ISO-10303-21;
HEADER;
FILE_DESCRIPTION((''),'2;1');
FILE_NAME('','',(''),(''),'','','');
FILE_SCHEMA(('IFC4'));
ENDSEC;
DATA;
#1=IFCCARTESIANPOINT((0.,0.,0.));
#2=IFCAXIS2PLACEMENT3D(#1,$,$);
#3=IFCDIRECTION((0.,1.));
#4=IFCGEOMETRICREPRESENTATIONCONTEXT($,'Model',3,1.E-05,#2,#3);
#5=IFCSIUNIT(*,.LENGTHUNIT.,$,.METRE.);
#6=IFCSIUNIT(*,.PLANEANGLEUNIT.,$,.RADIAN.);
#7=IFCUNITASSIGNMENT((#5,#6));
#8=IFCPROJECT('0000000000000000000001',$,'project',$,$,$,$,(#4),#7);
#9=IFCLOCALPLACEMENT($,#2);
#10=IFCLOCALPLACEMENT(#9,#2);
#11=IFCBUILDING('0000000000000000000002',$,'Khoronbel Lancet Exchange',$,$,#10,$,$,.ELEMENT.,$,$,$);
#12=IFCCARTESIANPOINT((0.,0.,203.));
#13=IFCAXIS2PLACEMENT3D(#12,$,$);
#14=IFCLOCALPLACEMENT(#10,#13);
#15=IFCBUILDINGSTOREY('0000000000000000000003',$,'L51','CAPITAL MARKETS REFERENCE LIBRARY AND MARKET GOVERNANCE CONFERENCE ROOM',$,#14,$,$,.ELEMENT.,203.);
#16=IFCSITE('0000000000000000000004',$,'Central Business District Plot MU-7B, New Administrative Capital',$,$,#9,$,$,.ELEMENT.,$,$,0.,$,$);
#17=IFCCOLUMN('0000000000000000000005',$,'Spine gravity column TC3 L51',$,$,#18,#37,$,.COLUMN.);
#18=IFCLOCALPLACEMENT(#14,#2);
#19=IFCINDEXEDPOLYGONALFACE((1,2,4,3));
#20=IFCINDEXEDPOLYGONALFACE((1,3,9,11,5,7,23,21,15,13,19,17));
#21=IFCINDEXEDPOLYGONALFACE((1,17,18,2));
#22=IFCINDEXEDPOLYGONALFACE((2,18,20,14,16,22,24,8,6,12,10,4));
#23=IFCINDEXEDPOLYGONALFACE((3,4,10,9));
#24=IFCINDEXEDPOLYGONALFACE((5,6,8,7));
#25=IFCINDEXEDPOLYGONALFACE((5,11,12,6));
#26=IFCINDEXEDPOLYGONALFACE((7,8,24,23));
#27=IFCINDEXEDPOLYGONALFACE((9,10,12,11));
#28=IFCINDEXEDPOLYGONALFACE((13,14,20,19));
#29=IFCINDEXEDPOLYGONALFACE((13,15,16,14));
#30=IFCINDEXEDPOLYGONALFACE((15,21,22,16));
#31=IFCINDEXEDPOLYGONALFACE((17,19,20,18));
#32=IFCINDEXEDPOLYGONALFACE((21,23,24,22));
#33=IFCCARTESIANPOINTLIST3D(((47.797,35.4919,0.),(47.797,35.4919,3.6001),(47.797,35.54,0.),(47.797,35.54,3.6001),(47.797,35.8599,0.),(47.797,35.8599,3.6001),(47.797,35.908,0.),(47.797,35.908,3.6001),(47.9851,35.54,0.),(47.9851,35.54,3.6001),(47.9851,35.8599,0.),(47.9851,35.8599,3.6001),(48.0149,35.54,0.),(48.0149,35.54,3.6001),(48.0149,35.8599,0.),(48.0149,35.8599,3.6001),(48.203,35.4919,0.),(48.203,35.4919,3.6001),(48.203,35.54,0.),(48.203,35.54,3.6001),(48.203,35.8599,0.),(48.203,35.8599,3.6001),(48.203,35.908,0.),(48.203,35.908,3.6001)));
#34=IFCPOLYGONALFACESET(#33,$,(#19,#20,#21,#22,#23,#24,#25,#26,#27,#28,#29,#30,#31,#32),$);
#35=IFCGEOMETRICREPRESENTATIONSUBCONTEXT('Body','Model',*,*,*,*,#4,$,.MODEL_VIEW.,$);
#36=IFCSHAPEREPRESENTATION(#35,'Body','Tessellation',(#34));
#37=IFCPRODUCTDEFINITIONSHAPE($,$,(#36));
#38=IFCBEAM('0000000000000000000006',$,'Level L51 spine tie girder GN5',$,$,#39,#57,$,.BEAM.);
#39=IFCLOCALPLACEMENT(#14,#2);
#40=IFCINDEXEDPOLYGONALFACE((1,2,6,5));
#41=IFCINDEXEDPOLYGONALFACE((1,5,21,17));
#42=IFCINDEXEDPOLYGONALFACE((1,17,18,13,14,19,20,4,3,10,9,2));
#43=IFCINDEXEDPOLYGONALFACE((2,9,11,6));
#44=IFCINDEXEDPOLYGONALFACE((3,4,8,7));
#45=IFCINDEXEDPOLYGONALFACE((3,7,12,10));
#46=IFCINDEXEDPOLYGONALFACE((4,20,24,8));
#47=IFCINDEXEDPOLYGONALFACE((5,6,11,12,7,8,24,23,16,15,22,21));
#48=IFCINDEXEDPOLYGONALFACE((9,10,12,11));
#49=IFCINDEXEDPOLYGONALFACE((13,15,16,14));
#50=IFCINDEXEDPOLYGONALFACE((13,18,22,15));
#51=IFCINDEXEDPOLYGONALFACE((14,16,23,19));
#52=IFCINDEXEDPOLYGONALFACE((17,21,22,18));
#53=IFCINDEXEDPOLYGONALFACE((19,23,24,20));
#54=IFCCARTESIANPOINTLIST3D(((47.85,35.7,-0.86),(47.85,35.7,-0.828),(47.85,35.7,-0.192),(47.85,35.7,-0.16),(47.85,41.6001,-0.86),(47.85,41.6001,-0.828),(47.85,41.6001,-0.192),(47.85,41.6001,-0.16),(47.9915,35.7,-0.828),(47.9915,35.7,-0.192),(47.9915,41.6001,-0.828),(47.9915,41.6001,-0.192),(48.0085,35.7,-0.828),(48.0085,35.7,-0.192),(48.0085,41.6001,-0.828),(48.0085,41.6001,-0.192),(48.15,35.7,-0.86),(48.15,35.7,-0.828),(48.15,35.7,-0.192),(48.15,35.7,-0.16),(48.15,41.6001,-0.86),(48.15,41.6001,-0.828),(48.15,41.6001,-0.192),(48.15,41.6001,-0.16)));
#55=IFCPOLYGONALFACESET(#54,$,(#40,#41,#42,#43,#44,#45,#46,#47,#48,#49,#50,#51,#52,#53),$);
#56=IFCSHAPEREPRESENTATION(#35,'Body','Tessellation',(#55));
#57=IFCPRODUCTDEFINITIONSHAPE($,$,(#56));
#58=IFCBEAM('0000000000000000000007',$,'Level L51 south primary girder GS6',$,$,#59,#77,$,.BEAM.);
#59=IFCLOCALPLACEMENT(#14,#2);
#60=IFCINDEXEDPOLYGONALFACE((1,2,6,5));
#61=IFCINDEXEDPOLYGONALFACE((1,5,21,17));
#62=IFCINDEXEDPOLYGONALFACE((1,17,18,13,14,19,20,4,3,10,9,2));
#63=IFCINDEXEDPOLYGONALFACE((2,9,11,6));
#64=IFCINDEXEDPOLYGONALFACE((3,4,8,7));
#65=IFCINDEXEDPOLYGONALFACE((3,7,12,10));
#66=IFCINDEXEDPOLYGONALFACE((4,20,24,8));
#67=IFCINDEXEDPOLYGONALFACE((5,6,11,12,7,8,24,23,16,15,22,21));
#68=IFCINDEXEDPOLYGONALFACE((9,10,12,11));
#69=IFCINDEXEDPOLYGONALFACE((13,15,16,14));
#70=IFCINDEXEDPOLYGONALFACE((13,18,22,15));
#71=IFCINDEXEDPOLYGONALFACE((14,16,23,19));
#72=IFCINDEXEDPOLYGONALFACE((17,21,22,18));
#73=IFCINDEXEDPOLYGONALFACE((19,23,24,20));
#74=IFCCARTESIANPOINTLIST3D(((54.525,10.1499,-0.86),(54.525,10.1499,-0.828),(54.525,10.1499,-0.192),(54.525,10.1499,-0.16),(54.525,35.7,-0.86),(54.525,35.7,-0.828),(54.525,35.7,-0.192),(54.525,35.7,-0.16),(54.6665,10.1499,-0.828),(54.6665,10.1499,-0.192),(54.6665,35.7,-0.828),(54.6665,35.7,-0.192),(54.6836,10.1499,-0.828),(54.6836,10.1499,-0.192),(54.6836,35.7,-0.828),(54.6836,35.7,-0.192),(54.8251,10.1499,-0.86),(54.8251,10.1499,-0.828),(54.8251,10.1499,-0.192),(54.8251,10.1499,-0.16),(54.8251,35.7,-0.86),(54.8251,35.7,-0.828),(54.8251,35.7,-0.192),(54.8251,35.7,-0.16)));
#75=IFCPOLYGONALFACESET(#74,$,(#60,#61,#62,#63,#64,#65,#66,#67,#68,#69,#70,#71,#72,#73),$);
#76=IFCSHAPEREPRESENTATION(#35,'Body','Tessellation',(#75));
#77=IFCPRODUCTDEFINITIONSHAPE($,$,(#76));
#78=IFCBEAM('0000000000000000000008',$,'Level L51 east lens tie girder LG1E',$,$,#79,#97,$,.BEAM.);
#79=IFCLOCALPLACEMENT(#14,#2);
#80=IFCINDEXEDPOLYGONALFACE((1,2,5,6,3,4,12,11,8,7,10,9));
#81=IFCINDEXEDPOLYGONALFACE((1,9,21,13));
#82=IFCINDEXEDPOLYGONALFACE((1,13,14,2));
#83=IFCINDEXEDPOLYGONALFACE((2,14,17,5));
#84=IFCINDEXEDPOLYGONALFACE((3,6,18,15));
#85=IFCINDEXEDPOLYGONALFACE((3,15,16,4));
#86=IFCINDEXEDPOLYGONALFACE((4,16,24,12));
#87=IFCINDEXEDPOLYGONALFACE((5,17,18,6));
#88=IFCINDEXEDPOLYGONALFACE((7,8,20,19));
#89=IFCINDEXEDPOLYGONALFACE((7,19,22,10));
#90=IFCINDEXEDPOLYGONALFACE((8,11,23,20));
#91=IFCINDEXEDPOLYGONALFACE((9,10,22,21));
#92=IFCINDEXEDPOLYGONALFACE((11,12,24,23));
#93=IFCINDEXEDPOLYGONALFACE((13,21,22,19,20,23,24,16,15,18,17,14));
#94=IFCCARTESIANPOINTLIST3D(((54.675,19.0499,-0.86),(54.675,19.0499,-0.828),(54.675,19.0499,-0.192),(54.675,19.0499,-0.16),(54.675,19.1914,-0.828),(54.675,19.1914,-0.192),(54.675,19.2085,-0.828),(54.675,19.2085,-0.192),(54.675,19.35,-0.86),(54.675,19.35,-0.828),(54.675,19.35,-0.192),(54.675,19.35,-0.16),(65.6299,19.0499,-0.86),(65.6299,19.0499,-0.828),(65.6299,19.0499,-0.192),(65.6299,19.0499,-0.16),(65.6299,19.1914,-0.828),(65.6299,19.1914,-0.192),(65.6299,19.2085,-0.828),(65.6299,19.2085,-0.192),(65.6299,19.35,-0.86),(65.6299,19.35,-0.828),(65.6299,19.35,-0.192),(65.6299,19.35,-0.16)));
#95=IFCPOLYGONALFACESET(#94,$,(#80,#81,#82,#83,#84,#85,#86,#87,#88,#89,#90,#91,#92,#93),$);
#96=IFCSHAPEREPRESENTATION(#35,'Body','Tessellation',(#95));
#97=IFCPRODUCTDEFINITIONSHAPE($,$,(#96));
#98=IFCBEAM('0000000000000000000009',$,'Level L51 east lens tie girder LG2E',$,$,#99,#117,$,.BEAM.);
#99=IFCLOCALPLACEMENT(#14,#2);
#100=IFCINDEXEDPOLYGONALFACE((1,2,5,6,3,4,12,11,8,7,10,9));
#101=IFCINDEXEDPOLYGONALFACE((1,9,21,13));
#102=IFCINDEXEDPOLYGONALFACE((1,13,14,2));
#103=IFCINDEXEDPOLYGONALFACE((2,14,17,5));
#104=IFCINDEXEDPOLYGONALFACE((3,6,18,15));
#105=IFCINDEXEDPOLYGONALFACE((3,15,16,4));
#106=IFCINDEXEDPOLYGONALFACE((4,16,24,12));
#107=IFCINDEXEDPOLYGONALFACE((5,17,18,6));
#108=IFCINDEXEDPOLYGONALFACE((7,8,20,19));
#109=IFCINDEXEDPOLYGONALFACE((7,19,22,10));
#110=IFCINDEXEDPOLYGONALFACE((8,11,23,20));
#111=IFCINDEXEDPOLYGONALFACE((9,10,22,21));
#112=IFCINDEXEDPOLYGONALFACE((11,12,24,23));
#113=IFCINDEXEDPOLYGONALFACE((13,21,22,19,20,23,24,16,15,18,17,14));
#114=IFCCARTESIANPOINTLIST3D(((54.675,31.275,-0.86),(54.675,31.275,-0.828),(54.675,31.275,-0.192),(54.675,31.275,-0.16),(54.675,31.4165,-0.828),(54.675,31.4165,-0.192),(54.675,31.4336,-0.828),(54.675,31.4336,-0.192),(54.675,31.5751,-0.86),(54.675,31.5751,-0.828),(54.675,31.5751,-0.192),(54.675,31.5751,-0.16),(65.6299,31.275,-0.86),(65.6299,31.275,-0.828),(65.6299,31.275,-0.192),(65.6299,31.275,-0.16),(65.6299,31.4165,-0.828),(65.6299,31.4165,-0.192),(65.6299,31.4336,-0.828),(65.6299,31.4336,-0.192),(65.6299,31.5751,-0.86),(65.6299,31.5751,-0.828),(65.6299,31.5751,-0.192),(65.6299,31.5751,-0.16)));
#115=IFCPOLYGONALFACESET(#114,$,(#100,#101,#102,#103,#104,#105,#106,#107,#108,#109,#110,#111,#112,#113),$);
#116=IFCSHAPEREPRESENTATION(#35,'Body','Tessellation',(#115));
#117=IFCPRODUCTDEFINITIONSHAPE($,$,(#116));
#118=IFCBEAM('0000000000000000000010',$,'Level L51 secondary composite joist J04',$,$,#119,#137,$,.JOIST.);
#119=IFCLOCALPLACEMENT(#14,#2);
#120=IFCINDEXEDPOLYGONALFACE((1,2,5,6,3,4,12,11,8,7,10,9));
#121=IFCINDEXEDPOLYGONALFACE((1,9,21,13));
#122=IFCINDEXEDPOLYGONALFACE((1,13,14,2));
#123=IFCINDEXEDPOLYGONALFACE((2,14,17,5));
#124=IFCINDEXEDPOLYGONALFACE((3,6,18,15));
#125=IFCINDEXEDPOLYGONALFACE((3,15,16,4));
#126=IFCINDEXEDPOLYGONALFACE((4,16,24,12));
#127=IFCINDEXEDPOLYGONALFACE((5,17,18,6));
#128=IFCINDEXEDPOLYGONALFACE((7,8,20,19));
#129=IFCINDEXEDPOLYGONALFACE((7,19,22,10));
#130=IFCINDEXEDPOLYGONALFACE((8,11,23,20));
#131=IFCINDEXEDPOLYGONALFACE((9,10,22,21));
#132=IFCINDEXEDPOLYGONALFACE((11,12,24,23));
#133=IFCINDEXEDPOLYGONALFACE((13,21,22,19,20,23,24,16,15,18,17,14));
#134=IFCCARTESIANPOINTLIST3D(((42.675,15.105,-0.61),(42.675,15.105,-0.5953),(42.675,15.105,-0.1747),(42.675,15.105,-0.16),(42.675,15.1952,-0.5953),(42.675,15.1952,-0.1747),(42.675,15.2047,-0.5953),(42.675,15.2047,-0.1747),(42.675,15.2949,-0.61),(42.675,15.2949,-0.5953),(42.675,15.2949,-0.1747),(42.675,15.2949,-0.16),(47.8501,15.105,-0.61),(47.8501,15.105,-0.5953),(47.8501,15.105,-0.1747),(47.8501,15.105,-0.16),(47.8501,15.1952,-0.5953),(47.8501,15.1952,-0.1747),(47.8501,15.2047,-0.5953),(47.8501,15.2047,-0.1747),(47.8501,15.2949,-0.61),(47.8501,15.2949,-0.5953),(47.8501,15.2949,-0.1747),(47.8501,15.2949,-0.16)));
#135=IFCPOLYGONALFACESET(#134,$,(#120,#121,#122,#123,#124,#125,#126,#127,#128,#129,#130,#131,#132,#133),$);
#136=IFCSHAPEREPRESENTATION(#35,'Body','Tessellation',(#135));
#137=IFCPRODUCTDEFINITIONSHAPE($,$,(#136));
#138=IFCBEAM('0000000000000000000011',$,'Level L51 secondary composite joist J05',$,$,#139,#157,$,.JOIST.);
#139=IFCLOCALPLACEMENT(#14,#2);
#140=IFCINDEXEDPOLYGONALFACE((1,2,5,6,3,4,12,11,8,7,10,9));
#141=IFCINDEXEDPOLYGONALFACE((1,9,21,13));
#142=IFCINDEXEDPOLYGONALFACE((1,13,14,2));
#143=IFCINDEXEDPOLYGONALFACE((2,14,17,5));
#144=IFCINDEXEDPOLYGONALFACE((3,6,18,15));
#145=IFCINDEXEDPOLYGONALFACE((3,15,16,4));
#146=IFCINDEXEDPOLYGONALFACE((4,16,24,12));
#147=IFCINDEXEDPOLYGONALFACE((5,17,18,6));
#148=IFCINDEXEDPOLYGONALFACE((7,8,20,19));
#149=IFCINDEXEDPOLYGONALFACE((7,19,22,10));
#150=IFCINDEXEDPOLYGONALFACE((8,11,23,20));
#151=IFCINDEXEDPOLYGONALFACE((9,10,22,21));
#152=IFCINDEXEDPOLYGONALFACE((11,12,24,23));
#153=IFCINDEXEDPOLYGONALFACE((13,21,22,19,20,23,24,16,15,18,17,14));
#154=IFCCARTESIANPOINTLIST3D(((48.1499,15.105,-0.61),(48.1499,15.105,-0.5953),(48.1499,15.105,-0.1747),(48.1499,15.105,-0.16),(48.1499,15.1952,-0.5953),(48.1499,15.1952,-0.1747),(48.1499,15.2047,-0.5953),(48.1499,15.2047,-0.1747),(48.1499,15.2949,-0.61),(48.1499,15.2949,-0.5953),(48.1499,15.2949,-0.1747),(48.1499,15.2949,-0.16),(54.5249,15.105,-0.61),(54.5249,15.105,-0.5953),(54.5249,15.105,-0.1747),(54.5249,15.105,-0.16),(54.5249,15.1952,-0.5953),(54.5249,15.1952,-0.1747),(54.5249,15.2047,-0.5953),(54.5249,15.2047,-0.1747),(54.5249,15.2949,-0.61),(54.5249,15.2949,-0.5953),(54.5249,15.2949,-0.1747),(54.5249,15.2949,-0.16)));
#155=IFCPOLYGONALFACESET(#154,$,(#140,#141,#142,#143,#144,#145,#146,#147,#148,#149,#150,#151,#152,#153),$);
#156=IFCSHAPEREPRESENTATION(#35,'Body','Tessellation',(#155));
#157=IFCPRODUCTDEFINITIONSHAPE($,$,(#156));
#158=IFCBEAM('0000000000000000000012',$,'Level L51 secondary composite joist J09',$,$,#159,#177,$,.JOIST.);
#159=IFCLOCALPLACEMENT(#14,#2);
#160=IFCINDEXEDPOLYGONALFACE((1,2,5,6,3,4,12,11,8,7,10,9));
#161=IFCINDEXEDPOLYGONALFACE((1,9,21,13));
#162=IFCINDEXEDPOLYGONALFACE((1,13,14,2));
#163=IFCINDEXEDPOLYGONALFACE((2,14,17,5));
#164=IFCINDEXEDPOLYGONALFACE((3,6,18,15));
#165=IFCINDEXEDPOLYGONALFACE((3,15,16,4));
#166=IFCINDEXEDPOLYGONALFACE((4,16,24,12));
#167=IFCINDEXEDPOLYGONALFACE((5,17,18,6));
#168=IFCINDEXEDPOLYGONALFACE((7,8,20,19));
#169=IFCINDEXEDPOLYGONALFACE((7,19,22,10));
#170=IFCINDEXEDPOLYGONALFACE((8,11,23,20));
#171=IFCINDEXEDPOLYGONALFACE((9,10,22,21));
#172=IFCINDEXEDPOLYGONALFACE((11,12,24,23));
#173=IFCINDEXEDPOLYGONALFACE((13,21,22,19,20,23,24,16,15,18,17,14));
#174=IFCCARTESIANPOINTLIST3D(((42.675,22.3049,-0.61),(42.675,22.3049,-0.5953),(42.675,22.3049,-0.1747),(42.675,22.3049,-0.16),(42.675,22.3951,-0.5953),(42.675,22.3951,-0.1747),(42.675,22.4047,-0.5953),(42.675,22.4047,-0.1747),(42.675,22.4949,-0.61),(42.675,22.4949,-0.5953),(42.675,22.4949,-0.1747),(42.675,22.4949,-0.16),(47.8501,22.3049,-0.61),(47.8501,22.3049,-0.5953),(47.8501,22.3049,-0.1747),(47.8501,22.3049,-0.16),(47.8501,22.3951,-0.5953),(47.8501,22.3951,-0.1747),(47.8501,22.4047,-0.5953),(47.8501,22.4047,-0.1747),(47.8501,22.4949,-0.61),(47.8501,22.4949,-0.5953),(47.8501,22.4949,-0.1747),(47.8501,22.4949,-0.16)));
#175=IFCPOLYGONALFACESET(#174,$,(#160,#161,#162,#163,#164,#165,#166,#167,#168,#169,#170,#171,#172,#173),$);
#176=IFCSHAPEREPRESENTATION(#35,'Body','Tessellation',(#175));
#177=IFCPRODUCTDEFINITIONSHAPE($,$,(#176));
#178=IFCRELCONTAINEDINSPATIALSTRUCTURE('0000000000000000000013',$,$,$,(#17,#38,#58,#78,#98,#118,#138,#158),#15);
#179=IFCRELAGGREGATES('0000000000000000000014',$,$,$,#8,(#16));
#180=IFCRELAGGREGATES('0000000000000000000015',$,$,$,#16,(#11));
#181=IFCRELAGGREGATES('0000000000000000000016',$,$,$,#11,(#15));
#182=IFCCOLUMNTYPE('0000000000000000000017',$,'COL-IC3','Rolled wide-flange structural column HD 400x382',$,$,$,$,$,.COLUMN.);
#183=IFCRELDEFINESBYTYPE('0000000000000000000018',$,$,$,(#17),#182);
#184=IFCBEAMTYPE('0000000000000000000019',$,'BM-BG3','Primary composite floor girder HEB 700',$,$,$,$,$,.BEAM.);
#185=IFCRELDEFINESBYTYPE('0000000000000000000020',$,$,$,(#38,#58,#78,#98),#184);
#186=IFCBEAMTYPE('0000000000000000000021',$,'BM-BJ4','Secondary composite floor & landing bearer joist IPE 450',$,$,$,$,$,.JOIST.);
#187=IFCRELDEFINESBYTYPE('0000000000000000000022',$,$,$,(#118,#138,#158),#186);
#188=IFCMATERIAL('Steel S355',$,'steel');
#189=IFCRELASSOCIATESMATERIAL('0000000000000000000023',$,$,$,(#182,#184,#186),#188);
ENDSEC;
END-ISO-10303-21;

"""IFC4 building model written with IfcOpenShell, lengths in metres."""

from ifc_helpers import new_model, si_unit, direction, frame, origin, origin_2d, place, context, subcontext, project, spatial, i_section, extrude, material, material_profile, profile_set, type_object, element, save


model = new_model("IFC4")

# Units and contexts
model_context = context("Model", 3, precision=1e-05, world=origin(), true_north=direction((0.0, 1.0)))
body_context = subcontext(model_context, "Body", "Model", "MODEL_VIEW")
ifc_project = project(units=[si_unit("LENGTHUNIT", "METRE"), si_unit("PLANEANGLEUNIT", "RADIAN")], contexts=[model_context])

# Site, building, storey
site_placement = place(None, origin())
site = spatial("IfcSite", under=ifc_project, at=site_placement, Name="Central Business District Plot MU-7B, New Administrative Capital", CompositionType="ELEMENT", RefElevation=0.0)
building_placement = place(site_placement, origin())
building = spatial("IfcBuilding", under=site, at=building_placement, Name="Khoronbel Lancet Exchange", CompositionType="ELEMENT")
storey_placement = place(building_placement, frame((0.0, 0.0, 203.0)))
storey = spatial("IfcBuildingStorey", under=building, at=storey_placement, Name="L51", Description="CAPITAL MARKETS REFERENCE LIBRARY AND MARKET GOVERNANCE CONFERENCE ROOM", CompositionType="ELEMENT", Elevation=203.0)

# Column
ifc_material_1 = material(Name="Steel S355", Category="steel")
ifc_material_profile_1 = material_profile(ifc_material_1, i_section(OverallWidth=0.406, OverallDepth=0.416, WebThickness=0.0298, FlangeThickness=0.0481, at=origin_2d()), Name="HD 400x382")
ifc_profile_set_1 = profile_set([ifc_material_profile_1], Name="Steel S355")
column_type = type_object("IfcColumnType", Name="COL-IC3", Description="Rolled wide-flange structural column HD 400x382", PredefinedType="COLUMN", material=ifc_profile_set_1)
column_placement = place(storey_placement, frame((48.0, 35.7, 0.0), z_axis=(0.0, 0.0, 1.0), x_axis=(1.0, 0.0, 0.0)))
element("IfcColumn", 1, at=column_placement, inside=storey, type_object=column_type, Name="Spine gravity column TC3 L51", PredefinedType="COLUMN", context=body_context, shape_type="SweptSolid", body=[
    extrude(i_section(OverallWidth=0.406, OverallDepth=0.416, WebThickness=0.0298, FlangeThickness=0.0481, at=origin_2d()), origin(), (0.0, 0.0, 1.0), 3.6001),
])

# Beams
ifc_material_profile_2 = material_profile(ifc_material_1, i_section(OverallWidth=0.3, OverallDepth=0.7, WebThickness=0.0171, FlangeThickness=0.032, at=origin_2d()), Name="HEB 700")
ifc_profile_set_2 = profile_set([ifc_material_profile_2], Name="Steel S355")
beam_type_1 = type_object("IfcBeamType", Name="BM-BG3", Description="Primary composite floor girder HEB 700", PredefinedType="BEAM", material=ifc_profile_set_2)
beam_1_placement = place(storey_placement, frame((48.0, 35.7, -0.51), z_axis=(0.0, 1.0, 0.0), x_axis=(-1.0, 0.0, 0.0)))
element("IfcBeam", 2, at=beam_1_placement, inside=storey, type_object=beam_type_1, Name="Level L51 spine tie girder GN5", PredefinedType="BEAM", context=body_context, shape_type="SweptSolid", body=[
    extrude(i_section(OverallWidth=0.3, OverallDepth=0.7, WebThickness=0.0171, FlangeThickness=0.032, at=origin_2d()), origin(), (0.0, 0.0, 1.0), 5.9001),
])
beam_2_placement = place(storey_placement, frame((54.675, 10.1499, -0.51), z_axis=(0.0, 1.0, 0.0), x_axis=(-1.0, 0.0, 0.0)))
element("IfcBeam", 3, at=beam_2_placement, inside=storey, type_object=beam_type_1, Name="Level L51 south primary girder GS6", PredefinedType="BEAM", context=body_context, shape_type="SweptSolid", body=[
    extrude(i_section(OverallWidth=0.3, OverallDepth=0.7, WebThickness=0.0171, FlangeThickness=0.032, at=origin_2d()), origin(), (0.0, 0.0, 1.0), 25.55),
])
for number, where, z_axis, x_axis, name in (
    (4, (54.675, 19.2, -0.51), (1.0, 0.0, 0.0), (0.0, 1.0, 0.0), "Level L51 east lens tie girder LG1E"),
    (5, (54.675, 31.425, -0.51), (1.0, 0.0, 0.0), (0.0, 1.0, 0.0), "Level L51 east lens tie girder LG2E"),
):
    element("IfcBeam", number, at=place(storey_placement, frame(where, z_axis=z_axis, x_axis=x_axis)), inside=storey, type_object=beam_type_1, Name=name, PredefinedType="BEAM", context=body_context, shape_type="SweptSolid", body=[
        extrude(i_section(OverallWidth=0.3, OverallDepth=0.7, WebThickness=0.0171, FlangeThickness=0.032, at=origin_2d()), origin(), (0.0, 0.0, 1.0), 10.9548),
    ])
ifc_material_profile_3 = material_profile(ifc_material_1, i_section(OverallWidth=0.1899, OverallDepth=0.45, WebThickness=0.0095, FlangeThickness=0.0146, at=origin_2d()), Name="IPE 450")
ifc_profile_set_3 = profile_set([ifc_material_profile_3], Name="Steel S355")
beam_type_2 = type_object("IfcBeamType", Name="BM-BJ4", Description="Secondary composite floor & landing bearer joist IPE 450", PredefinedType="JOIST", material=ifc_profile_set_3)
beam_3_placement = place(storey_placement, frame((42.675, 15.2, -0.385), z_axis=(1.0, 0.0, 0.0), x_axis=(0.0, 1.0, 0.0)))
element("IfcBeam", 6, at=beam_3_placement, inside=storey, type_object=beam_type_2, Name="Level L51 secondary composite joist J04", PredefinedType="JOIST", context=body_context, shape_type="SweptSolid", body=[
    extrude(i_section(OverallWidth=0.1899, OverallDepth=0.45, WebThickness=0.0095, FlangeThickness=0.0146, at=origin_2d()), origin(), (0.0, 0.0, 1.0), 5.175),
])
beam_4_placement = place(storey_placement, frame((48.1499, 15.2, -0.385), z_axis=(1.0, 0.0, 0.0), x_axis=(0.0, 1.0, 0.0)))
element("IfcBeam", 7, at=beam_4_placement, inside=storey, type_object=beam_type_2, Name="Level L51 secondary composite joist J05", PredefinedType="JOIST", context=body_context, shape_type="SweptSolid", body=[
    extrude(i_section(OverallWidth=0.1899, OverallDepth=0.45, WebThickness=0.0095, FlangeThickness=0.0146, at=origin_2d()), origin(), (0.0, 0.0, 1.0), 6.375),
])
beam_5_placement = place(storey_placement, frame((42.675, 22.3999, -0.385), z_axis=(1.0, 0.0, 0.0), x_axis=(0.0, 1.0, 0.0)))
element("IfcBeam", 8, at=beam_5_placement, inside=storey, type_object=beam_type_2, Name="Level L51 secondary composite joist J09", PredefinedType="JOIST", context=body_context, shape_type="SweptSolid", body=[
    extrude(i_section(OverallWidth=0.1899, OverallDepth=0.45, WebThickness=0.0095, FlangeThickness=0.0146, at=origin_2d()), origin(), (0.0, 0.0, 1.0), 5.175),
])

save(model, "model.ifc")
